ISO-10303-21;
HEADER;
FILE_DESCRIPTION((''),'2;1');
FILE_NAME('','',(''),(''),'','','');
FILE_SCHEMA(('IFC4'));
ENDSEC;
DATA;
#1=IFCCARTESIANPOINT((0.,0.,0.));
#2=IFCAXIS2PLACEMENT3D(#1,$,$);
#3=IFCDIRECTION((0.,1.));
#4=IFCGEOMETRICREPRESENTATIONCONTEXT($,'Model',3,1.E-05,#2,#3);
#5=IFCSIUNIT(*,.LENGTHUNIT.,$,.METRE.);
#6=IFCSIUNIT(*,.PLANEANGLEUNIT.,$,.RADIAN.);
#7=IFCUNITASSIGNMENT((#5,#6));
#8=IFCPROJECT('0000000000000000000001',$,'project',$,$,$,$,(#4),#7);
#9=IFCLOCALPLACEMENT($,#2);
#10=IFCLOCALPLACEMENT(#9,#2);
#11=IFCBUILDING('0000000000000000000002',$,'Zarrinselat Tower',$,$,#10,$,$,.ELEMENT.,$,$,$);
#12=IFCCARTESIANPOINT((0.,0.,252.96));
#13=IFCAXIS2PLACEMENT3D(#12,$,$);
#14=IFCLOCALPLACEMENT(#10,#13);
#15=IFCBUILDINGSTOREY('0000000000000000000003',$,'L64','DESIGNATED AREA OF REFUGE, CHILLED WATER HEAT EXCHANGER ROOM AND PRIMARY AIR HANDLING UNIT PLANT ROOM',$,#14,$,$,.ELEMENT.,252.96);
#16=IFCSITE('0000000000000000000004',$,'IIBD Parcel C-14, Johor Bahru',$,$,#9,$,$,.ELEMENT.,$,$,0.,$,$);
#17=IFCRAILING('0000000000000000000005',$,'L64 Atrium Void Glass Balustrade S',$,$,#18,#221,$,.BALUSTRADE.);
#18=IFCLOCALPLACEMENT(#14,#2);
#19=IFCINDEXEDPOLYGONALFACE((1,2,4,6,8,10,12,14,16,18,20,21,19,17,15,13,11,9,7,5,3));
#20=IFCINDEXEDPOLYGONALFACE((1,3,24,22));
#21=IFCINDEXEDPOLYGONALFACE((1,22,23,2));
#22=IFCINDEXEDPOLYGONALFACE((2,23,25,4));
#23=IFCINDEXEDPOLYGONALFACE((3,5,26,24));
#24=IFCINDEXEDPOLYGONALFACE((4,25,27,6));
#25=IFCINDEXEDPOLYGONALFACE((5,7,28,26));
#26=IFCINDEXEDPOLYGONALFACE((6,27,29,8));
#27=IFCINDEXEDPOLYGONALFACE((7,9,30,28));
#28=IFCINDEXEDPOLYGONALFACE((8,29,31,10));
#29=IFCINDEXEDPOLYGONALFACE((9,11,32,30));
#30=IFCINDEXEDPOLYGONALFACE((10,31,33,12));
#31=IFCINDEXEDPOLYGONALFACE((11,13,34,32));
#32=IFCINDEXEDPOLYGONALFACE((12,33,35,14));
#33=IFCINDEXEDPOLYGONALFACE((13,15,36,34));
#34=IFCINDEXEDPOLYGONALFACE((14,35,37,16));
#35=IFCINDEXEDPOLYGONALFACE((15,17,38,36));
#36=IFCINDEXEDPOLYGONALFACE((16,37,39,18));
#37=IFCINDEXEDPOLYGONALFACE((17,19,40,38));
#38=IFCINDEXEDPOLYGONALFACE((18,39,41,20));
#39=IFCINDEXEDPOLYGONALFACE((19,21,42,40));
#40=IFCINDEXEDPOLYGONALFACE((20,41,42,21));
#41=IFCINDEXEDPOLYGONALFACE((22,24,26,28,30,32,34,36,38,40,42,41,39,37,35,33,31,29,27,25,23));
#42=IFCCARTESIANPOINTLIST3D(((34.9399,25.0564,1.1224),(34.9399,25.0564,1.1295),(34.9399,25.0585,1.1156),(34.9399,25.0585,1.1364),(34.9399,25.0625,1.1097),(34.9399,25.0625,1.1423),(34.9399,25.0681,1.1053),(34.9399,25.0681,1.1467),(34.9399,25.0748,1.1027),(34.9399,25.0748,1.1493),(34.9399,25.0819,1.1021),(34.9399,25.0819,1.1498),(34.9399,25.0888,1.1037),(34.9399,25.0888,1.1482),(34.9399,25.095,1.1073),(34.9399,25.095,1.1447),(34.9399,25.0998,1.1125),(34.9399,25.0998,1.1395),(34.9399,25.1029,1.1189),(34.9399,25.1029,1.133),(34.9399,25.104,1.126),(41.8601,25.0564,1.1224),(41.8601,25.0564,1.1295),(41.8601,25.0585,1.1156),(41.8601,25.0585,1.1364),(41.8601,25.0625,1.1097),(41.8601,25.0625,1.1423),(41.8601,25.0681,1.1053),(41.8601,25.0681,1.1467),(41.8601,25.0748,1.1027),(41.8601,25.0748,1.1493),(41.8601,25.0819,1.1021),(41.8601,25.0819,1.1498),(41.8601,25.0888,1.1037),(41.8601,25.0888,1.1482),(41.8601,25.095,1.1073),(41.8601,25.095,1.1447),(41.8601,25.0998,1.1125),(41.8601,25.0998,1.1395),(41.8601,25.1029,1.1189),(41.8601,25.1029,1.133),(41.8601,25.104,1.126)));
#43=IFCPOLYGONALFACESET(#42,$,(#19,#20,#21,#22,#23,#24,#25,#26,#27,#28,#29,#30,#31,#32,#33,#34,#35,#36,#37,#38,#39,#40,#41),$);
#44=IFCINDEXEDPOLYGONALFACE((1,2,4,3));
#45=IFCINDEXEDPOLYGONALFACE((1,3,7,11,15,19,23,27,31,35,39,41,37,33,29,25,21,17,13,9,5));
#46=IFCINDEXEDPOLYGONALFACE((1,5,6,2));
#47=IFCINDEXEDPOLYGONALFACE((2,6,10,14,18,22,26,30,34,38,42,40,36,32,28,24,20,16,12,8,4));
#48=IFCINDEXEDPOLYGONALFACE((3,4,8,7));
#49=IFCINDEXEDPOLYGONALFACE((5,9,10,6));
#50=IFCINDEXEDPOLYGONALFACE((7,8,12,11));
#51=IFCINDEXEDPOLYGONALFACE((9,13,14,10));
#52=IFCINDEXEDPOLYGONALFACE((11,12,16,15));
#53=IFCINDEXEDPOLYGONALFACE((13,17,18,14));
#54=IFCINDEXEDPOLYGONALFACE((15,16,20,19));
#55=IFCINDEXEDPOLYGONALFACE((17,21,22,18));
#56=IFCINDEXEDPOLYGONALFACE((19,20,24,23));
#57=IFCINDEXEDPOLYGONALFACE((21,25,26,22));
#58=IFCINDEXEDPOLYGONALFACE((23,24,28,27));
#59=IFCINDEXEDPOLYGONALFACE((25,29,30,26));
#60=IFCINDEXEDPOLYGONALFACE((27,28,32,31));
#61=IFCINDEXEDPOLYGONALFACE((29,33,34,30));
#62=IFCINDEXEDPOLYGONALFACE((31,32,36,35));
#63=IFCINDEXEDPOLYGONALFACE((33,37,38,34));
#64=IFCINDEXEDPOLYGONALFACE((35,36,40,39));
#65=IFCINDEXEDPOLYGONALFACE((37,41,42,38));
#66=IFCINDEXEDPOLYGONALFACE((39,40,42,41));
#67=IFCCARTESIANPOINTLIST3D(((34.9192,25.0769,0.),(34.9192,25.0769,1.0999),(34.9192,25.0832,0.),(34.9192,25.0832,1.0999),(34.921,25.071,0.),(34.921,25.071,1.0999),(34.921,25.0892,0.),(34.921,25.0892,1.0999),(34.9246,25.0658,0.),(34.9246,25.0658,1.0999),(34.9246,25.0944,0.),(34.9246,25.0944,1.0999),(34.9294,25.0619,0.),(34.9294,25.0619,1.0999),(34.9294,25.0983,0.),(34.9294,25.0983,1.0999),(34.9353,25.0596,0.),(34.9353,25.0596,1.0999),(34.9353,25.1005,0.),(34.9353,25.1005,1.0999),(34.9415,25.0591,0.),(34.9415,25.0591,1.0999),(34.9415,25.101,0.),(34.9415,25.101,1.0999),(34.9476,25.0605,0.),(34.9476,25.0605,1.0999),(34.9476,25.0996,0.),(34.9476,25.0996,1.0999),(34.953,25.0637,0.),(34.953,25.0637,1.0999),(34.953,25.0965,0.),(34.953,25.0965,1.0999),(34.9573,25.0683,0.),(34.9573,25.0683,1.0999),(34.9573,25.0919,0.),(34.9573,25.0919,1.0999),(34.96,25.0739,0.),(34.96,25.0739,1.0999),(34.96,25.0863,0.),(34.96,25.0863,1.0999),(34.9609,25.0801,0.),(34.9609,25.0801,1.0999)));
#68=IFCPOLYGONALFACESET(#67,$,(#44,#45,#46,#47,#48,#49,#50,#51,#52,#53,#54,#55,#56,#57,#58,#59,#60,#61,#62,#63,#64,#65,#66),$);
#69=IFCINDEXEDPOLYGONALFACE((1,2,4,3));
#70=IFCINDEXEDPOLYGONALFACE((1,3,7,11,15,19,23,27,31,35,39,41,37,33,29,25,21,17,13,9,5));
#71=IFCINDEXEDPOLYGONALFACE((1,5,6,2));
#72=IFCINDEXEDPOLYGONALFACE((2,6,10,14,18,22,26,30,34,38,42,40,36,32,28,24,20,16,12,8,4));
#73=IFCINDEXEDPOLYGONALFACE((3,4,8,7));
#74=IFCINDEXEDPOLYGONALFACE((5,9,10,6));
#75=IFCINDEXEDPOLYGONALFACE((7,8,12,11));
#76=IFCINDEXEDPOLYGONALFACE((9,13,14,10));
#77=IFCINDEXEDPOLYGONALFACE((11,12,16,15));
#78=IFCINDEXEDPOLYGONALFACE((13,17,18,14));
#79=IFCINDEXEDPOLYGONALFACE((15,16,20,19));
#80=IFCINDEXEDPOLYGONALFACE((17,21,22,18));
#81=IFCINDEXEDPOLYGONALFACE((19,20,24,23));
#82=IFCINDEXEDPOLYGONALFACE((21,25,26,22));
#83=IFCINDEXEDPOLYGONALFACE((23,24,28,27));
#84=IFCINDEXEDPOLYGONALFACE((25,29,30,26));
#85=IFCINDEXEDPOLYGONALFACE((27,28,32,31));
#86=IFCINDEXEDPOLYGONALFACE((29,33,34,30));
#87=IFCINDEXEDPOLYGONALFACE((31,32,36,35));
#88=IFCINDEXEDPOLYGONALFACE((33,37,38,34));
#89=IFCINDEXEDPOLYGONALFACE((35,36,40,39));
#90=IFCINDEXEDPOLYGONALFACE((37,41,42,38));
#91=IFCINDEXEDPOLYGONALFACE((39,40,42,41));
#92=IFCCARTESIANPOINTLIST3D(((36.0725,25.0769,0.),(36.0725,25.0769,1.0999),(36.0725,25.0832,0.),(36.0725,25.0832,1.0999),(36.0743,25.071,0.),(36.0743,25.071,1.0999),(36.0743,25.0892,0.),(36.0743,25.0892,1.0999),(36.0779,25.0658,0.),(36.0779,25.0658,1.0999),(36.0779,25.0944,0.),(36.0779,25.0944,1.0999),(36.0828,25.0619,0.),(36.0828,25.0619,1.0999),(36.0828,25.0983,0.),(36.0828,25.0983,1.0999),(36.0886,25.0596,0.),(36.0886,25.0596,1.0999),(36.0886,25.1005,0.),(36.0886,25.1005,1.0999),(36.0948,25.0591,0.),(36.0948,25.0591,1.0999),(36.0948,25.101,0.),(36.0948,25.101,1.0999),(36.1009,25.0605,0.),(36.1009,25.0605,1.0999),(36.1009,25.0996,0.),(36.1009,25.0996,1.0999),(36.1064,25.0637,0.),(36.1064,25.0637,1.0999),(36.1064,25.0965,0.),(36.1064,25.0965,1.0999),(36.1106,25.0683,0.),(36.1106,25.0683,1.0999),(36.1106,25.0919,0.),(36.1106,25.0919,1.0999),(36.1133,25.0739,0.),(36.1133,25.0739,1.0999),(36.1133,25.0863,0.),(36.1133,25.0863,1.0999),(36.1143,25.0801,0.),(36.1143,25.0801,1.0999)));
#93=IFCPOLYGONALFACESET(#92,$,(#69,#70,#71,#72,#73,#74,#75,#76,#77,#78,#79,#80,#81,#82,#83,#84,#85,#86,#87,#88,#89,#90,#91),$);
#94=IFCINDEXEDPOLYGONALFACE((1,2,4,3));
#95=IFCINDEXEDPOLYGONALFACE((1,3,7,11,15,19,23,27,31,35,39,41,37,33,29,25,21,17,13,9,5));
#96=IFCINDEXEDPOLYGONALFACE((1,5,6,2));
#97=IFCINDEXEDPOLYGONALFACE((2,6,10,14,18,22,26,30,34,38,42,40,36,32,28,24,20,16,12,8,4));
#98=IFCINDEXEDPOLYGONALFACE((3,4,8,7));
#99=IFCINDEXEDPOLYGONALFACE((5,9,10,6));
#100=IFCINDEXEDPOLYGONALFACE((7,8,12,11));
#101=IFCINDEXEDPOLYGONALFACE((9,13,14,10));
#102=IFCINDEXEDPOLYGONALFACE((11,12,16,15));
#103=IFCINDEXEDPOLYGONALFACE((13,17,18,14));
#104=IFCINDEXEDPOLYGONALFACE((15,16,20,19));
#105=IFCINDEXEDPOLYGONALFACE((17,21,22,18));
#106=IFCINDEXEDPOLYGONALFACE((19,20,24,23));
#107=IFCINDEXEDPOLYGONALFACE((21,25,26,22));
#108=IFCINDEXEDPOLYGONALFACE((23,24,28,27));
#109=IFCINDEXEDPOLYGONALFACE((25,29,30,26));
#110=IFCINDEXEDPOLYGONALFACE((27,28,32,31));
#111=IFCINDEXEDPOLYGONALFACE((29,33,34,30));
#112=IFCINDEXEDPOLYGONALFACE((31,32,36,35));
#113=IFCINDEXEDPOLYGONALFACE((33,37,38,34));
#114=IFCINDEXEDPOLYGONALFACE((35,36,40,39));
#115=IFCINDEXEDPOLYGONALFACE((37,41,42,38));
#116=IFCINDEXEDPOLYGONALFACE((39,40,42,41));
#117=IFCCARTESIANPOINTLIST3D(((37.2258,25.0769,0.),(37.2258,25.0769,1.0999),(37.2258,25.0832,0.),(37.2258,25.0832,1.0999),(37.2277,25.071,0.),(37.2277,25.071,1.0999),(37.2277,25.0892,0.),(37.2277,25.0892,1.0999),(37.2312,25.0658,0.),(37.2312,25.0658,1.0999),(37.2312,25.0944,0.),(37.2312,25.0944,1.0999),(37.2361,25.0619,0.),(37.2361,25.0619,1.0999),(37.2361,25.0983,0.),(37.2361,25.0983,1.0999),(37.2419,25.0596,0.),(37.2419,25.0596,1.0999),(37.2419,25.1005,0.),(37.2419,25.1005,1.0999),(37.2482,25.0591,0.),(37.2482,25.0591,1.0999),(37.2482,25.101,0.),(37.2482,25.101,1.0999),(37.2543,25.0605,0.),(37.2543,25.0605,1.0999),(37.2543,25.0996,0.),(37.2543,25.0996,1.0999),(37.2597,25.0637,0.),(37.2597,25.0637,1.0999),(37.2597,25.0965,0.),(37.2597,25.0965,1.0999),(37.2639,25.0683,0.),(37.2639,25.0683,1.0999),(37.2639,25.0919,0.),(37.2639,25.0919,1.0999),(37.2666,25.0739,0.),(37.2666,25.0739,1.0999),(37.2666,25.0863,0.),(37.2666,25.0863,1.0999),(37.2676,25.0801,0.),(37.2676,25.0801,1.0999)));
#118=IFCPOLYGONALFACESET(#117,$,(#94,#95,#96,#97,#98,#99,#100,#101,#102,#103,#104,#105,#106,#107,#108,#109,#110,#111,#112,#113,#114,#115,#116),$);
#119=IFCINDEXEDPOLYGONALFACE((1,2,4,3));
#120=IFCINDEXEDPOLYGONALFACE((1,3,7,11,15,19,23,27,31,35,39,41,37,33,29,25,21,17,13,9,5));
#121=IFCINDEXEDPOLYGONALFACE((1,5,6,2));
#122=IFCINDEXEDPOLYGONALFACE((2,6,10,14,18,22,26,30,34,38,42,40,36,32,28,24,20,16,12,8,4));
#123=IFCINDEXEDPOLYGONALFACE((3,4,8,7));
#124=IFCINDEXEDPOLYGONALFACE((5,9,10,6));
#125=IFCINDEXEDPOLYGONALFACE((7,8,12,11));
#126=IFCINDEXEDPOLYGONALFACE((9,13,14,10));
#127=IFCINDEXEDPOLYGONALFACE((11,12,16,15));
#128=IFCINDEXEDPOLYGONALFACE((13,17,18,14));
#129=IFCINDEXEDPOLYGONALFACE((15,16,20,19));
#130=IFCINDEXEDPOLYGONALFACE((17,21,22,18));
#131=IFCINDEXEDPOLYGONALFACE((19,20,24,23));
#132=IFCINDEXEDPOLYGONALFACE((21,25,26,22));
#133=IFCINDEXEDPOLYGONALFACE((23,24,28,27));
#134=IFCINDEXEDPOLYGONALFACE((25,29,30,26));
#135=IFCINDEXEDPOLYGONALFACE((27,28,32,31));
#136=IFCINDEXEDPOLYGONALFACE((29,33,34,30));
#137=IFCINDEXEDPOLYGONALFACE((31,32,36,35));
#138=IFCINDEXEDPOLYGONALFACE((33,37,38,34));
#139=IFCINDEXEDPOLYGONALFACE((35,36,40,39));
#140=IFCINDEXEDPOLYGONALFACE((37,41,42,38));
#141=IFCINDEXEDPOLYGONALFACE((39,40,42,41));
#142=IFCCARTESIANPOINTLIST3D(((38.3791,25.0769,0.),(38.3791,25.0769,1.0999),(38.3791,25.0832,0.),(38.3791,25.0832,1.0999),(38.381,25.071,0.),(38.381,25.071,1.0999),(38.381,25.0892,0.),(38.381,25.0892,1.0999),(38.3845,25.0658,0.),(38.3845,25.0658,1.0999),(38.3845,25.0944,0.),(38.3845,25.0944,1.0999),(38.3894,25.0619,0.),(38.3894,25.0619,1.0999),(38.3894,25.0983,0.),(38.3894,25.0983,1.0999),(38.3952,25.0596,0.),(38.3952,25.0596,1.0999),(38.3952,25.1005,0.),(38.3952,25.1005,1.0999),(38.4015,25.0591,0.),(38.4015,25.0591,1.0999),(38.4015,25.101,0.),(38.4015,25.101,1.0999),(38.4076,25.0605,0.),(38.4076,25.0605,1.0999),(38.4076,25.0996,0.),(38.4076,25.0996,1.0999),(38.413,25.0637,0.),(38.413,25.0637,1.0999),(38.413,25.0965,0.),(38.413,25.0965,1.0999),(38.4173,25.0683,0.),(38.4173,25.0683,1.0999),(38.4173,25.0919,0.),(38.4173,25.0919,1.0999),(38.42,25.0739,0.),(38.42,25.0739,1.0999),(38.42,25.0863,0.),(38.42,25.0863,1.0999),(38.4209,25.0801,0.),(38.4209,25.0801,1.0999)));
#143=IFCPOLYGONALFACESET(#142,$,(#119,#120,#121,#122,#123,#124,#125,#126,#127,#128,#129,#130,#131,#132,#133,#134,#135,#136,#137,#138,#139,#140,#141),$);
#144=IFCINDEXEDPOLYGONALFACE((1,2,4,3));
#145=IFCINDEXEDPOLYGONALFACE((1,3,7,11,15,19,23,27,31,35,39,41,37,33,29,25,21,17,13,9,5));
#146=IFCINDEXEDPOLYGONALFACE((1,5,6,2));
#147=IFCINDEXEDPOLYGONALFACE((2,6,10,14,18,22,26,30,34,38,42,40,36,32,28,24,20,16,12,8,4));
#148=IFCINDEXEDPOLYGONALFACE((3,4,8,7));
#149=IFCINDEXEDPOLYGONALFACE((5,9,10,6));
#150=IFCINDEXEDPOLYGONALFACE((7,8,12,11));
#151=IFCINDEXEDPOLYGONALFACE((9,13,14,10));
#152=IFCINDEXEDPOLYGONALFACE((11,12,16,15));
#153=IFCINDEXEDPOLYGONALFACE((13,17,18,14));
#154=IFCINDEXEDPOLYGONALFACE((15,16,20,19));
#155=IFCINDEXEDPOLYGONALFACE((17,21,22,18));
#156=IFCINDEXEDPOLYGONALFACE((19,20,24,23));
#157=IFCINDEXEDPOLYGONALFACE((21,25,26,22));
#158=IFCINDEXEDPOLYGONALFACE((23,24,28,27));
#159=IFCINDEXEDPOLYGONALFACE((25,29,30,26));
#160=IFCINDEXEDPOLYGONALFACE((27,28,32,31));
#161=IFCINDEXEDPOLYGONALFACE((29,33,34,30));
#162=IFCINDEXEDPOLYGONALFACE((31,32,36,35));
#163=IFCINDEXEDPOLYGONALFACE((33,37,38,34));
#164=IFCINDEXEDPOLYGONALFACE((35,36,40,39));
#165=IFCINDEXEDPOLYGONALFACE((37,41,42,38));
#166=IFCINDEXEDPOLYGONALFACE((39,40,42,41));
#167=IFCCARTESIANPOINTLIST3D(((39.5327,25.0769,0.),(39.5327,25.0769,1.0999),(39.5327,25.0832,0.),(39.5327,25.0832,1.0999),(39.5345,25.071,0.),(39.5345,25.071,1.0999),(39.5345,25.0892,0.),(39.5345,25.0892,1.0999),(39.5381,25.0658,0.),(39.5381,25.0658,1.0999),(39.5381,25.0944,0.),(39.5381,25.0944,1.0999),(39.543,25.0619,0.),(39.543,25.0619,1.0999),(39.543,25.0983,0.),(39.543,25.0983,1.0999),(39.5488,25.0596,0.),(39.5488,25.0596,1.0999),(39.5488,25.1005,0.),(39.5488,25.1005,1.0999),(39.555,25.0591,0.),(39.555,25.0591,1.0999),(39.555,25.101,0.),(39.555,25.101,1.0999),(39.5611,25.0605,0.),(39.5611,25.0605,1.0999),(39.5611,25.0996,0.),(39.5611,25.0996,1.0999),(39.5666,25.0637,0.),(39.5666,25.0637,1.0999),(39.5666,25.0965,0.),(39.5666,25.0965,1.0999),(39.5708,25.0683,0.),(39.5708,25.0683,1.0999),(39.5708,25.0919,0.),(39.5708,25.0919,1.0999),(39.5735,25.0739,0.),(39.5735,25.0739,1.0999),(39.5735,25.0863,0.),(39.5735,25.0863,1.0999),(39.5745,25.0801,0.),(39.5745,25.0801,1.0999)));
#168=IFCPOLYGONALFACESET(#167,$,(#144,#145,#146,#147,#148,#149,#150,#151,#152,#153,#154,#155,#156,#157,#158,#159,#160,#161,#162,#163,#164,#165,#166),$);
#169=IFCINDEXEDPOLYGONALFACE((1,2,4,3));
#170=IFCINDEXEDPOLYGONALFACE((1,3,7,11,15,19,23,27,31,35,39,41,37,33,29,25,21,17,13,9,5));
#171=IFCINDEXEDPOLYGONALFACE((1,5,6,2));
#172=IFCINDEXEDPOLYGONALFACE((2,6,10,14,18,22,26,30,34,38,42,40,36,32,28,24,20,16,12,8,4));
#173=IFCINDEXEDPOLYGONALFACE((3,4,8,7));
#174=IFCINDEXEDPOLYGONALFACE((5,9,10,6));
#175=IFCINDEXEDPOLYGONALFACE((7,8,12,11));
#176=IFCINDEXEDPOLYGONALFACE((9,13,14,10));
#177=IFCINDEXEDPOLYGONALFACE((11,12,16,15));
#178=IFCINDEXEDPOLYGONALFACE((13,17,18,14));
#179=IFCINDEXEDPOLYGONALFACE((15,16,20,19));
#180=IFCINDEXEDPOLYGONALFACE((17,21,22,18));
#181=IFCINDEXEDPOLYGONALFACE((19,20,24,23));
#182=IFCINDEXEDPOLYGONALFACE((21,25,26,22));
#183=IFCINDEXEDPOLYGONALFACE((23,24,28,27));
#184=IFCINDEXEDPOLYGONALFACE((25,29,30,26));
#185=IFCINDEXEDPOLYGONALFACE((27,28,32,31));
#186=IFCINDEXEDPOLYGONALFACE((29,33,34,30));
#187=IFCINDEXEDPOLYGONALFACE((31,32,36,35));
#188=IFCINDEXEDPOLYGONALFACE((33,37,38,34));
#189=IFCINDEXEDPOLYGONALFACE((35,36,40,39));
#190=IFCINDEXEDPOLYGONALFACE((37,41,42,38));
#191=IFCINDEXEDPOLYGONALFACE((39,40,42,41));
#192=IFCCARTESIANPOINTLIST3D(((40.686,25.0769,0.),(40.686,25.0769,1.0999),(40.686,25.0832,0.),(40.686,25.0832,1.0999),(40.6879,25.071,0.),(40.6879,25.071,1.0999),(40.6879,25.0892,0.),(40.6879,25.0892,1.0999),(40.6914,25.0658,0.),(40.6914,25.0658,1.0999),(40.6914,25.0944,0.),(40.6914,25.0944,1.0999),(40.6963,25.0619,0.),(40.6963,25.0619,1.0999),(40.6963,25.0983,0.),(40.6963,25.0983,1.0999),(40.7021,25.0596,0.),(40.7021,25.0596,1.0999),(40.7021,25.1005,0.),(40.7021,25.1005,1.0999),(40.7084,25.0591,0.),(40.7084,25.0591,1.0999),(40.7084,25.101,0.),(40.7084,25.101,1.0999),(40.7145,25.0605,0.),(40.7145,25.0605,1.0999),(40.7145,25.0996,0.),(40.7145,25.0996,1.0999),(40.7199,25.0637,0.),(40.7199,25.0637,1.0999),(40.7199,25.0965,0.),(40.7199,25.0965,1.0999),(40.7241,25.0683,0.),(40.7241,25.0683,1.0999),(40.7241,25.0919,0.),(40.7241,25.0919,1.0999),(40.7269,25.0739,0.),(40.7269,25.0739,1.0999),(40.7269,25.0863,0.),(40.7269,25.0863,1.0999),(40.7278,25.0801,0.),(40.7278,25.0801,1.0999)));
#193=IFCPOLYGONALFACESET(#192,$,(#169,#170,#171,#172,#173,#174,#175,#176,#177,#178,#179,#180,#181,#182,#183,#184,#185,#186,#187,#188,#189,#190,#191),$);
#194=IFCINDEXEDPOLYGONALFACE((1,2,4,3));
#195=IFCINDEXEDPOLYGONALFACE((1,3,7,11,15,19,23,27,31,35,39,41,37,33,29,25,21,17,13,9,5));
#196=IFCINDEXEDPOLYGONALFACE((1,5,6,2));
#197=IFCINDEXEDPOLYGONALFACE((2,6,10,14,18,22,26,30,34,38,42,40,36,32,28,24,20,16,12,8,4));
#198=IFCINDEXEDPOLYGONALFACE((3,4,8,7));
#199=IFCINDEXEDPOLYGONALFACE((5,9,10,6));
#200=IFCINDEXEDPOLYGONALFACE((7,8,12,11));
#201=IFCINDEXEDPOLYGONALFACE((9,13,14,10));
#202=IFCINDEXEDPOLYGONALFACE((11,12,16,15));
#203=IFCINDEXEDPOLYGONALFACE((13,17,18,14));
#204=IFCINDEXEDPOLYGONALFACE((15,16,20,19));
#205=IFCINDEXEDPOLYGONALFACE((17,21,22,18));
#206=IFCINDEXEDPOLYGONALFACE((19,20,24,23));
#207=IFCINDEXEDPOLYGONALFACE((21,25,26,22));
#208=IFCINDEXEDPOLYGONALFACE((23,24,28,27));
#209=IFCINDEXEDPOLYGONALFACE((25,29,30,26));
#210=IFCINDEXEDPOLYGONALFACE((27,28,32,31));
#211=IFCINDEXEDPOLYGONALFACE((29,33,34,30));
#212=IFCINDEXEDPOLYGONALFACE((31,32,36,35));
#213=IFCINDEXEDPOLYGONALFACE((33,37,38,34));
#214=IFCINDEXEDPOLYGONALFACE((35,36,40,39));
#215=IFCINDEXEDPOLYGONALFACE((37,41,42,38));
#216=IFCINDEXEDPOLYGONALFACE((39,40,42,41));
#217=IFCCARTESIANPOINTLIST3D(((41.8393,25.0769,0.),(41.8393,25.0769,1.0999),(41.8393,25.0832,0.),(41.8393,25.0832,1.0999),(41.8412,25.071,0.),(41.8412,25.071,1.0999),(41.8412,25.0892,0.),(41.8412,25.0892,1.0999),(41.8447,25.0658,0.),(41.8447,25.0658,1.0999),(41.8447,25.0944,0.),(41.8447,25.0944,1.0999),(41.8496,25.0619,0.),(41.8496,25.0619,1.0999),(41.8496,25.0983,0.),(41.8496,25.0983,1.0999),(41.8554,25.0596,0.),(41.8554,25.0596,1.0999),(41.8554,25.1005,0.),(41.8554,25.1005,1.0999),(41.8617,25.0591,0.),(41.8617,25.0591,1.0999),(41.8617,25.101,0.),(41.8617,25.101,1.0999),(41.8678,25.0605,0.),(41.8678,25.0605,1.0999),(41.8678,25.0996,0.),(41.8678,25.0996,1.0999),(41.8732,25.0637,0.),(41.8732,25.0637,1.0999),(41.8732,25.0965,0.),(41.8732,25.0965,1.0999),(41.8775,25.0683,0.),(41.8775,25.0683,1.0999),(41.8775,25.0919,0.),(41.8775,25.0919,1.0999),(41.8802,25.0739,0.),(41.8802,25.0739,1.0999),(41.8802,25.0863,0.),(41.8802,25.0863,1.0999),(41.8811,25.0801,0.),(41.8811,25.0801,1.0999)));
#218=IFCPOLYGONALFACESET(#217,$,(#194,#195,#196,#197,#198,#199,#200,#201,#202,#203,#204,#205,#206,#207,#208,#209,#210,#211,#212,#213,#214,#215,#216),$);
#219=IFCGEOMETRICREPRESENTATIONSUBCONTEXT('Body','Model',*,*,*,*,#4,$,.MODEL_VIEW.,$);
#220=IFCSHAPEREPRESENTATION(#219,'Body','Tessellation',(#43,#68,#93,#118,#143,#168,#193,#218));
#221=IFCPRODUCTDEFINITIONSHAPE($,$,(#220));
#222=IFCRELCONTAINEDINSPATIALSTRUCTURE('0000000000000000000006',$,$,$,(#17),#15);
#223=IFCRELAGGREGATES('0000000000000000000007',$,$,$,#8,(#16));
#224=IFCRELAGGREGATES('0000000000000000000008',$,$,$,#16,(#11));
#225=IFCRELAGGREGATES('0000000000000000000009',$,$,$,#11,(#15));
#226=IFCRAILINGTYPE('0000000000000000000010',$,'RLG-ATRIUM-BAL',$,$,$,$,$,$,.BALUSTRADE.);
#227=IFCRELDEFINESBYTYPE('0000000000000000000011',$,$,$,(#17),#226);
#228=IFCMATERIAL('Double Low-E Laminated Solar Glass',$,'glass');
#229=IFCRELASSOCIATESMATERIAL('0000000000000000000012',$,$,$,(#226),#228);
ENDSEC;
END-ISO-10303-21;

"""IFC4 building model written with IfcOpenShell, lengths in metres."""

from ifc_helpers import new_model, si_unit, direction, frame, origin, origin_2d, place, context, subcontext, project, spatial, circle, extrude, material, type_object, element, save


model = new_model("IFC4")

# Units and contexts
model_context = context("Model", 3, precision=1e-05, world=origin(), true_north=direction((0.0, 1.0)))
body_context = subcontext(model_context, "Body", "Model", "MODEL_VIEW")
ifc_project = project(units=[si_unit("LENGTHUNIT", "METRE"), si_unit("PLANEANGLEUNIT", "RADIAN")], contexts=[model_context])

# Site, building, storey
site_placement = place(None, origin())
site = spatial("IfcSite", under=ifc_project, at=site_placement, Name="IIBD Parcel C-14, Johor Bahru", CompositionType="ELEMENT", RefElevation=0.0)
building_placement = place(site_placement, origin())
building = spatial("IfcBuilding", under=site, at=building_placement, Name="Zarrinselat Tower", CompositionType="ELEMENT")
storey_placement = place(building_placement, frame((0.0, 0.0, 252.96)))
storey = spatial("IfcBuildingStorey", under=building, at=storey_placement, Name="L64", Description="DESIGNATED AREA OF REFUGE, CHILLED WATER HEAT EXCHANGER ROOM AND PRIMARY AIR HANDLING UNIT PLANT ROOM", CompositionType="ELEMENT", Elevation=252.96)

# Railing
ifc_material_1 = material(Name="Double Low-E Laminated Solar Glass", Category="glass")
railing_type_1 = type_object("IfcRailingType", Name="RLG-ATRIUM-BAL", PredefinedType="BALUSTRADE", material=ifc_material_1)
railing_1_placement = place(storey_placement, frame((34.9399, 25.0801, 0.0)))
element("IfcRailing", 1, at=railing_1_placement, inside=storey, type_object=railing_type_1, Name="L64 Atrium Void Glass Balustrade S", PredefinedType="BALUSTRADE", context=body_context, shape_type="SweptSolid", body=[
    extrude(circle(Radius=0.0239, at=origin_2d()), frame((0.0, 0.0, 1.126), z_axis=(1.0, 0.0, 0.0), x_axis=(0.0, 1.0, 0.0)), (0.0, 0.0, 1.0), 6.9202),
    extrude(circle(Radius=0.021, at=origin_2d()), origin(), (0.0, 0.0, 1.0), 1.0999),
    extrude(circle(Radius=0.021, at=origin_2d()), frame((1.1533, 0.0, 0.0)), (0.0, 0.0, 1.0), 1.0999),
    extrude(circle(Radius=0.021, at=origin_2d()), frame((2.3066, 0.0, 0.0)), (0.0, 0.0, 1.0), 1.0999),
    extrude(circle(Radius=0.021, at=origin_2d()), frame((3.46, 0.0, 0.0)), (0.0, 0.0, 1.0), 1.0999),
    extrude(circle(Radius=0.021, at=origin_2d()), frame((4.6135, 0.0, 0.0)), (0.0, 0.0, 1.0), 1.0999),
    extrude(circle(Radius=0.021, at=origin_2d()), frame((5.7668, 0.0, 0.0)), (0.0, 0.0, 1.0), 1.0999),
    extrude(circle(Radius=0.021, at=origin_2d()), frame((6.9202, 0.0, 0.0)), (0.0, 0.0, 1.0), 1.0999),
])

save(model, "model.ifc")
